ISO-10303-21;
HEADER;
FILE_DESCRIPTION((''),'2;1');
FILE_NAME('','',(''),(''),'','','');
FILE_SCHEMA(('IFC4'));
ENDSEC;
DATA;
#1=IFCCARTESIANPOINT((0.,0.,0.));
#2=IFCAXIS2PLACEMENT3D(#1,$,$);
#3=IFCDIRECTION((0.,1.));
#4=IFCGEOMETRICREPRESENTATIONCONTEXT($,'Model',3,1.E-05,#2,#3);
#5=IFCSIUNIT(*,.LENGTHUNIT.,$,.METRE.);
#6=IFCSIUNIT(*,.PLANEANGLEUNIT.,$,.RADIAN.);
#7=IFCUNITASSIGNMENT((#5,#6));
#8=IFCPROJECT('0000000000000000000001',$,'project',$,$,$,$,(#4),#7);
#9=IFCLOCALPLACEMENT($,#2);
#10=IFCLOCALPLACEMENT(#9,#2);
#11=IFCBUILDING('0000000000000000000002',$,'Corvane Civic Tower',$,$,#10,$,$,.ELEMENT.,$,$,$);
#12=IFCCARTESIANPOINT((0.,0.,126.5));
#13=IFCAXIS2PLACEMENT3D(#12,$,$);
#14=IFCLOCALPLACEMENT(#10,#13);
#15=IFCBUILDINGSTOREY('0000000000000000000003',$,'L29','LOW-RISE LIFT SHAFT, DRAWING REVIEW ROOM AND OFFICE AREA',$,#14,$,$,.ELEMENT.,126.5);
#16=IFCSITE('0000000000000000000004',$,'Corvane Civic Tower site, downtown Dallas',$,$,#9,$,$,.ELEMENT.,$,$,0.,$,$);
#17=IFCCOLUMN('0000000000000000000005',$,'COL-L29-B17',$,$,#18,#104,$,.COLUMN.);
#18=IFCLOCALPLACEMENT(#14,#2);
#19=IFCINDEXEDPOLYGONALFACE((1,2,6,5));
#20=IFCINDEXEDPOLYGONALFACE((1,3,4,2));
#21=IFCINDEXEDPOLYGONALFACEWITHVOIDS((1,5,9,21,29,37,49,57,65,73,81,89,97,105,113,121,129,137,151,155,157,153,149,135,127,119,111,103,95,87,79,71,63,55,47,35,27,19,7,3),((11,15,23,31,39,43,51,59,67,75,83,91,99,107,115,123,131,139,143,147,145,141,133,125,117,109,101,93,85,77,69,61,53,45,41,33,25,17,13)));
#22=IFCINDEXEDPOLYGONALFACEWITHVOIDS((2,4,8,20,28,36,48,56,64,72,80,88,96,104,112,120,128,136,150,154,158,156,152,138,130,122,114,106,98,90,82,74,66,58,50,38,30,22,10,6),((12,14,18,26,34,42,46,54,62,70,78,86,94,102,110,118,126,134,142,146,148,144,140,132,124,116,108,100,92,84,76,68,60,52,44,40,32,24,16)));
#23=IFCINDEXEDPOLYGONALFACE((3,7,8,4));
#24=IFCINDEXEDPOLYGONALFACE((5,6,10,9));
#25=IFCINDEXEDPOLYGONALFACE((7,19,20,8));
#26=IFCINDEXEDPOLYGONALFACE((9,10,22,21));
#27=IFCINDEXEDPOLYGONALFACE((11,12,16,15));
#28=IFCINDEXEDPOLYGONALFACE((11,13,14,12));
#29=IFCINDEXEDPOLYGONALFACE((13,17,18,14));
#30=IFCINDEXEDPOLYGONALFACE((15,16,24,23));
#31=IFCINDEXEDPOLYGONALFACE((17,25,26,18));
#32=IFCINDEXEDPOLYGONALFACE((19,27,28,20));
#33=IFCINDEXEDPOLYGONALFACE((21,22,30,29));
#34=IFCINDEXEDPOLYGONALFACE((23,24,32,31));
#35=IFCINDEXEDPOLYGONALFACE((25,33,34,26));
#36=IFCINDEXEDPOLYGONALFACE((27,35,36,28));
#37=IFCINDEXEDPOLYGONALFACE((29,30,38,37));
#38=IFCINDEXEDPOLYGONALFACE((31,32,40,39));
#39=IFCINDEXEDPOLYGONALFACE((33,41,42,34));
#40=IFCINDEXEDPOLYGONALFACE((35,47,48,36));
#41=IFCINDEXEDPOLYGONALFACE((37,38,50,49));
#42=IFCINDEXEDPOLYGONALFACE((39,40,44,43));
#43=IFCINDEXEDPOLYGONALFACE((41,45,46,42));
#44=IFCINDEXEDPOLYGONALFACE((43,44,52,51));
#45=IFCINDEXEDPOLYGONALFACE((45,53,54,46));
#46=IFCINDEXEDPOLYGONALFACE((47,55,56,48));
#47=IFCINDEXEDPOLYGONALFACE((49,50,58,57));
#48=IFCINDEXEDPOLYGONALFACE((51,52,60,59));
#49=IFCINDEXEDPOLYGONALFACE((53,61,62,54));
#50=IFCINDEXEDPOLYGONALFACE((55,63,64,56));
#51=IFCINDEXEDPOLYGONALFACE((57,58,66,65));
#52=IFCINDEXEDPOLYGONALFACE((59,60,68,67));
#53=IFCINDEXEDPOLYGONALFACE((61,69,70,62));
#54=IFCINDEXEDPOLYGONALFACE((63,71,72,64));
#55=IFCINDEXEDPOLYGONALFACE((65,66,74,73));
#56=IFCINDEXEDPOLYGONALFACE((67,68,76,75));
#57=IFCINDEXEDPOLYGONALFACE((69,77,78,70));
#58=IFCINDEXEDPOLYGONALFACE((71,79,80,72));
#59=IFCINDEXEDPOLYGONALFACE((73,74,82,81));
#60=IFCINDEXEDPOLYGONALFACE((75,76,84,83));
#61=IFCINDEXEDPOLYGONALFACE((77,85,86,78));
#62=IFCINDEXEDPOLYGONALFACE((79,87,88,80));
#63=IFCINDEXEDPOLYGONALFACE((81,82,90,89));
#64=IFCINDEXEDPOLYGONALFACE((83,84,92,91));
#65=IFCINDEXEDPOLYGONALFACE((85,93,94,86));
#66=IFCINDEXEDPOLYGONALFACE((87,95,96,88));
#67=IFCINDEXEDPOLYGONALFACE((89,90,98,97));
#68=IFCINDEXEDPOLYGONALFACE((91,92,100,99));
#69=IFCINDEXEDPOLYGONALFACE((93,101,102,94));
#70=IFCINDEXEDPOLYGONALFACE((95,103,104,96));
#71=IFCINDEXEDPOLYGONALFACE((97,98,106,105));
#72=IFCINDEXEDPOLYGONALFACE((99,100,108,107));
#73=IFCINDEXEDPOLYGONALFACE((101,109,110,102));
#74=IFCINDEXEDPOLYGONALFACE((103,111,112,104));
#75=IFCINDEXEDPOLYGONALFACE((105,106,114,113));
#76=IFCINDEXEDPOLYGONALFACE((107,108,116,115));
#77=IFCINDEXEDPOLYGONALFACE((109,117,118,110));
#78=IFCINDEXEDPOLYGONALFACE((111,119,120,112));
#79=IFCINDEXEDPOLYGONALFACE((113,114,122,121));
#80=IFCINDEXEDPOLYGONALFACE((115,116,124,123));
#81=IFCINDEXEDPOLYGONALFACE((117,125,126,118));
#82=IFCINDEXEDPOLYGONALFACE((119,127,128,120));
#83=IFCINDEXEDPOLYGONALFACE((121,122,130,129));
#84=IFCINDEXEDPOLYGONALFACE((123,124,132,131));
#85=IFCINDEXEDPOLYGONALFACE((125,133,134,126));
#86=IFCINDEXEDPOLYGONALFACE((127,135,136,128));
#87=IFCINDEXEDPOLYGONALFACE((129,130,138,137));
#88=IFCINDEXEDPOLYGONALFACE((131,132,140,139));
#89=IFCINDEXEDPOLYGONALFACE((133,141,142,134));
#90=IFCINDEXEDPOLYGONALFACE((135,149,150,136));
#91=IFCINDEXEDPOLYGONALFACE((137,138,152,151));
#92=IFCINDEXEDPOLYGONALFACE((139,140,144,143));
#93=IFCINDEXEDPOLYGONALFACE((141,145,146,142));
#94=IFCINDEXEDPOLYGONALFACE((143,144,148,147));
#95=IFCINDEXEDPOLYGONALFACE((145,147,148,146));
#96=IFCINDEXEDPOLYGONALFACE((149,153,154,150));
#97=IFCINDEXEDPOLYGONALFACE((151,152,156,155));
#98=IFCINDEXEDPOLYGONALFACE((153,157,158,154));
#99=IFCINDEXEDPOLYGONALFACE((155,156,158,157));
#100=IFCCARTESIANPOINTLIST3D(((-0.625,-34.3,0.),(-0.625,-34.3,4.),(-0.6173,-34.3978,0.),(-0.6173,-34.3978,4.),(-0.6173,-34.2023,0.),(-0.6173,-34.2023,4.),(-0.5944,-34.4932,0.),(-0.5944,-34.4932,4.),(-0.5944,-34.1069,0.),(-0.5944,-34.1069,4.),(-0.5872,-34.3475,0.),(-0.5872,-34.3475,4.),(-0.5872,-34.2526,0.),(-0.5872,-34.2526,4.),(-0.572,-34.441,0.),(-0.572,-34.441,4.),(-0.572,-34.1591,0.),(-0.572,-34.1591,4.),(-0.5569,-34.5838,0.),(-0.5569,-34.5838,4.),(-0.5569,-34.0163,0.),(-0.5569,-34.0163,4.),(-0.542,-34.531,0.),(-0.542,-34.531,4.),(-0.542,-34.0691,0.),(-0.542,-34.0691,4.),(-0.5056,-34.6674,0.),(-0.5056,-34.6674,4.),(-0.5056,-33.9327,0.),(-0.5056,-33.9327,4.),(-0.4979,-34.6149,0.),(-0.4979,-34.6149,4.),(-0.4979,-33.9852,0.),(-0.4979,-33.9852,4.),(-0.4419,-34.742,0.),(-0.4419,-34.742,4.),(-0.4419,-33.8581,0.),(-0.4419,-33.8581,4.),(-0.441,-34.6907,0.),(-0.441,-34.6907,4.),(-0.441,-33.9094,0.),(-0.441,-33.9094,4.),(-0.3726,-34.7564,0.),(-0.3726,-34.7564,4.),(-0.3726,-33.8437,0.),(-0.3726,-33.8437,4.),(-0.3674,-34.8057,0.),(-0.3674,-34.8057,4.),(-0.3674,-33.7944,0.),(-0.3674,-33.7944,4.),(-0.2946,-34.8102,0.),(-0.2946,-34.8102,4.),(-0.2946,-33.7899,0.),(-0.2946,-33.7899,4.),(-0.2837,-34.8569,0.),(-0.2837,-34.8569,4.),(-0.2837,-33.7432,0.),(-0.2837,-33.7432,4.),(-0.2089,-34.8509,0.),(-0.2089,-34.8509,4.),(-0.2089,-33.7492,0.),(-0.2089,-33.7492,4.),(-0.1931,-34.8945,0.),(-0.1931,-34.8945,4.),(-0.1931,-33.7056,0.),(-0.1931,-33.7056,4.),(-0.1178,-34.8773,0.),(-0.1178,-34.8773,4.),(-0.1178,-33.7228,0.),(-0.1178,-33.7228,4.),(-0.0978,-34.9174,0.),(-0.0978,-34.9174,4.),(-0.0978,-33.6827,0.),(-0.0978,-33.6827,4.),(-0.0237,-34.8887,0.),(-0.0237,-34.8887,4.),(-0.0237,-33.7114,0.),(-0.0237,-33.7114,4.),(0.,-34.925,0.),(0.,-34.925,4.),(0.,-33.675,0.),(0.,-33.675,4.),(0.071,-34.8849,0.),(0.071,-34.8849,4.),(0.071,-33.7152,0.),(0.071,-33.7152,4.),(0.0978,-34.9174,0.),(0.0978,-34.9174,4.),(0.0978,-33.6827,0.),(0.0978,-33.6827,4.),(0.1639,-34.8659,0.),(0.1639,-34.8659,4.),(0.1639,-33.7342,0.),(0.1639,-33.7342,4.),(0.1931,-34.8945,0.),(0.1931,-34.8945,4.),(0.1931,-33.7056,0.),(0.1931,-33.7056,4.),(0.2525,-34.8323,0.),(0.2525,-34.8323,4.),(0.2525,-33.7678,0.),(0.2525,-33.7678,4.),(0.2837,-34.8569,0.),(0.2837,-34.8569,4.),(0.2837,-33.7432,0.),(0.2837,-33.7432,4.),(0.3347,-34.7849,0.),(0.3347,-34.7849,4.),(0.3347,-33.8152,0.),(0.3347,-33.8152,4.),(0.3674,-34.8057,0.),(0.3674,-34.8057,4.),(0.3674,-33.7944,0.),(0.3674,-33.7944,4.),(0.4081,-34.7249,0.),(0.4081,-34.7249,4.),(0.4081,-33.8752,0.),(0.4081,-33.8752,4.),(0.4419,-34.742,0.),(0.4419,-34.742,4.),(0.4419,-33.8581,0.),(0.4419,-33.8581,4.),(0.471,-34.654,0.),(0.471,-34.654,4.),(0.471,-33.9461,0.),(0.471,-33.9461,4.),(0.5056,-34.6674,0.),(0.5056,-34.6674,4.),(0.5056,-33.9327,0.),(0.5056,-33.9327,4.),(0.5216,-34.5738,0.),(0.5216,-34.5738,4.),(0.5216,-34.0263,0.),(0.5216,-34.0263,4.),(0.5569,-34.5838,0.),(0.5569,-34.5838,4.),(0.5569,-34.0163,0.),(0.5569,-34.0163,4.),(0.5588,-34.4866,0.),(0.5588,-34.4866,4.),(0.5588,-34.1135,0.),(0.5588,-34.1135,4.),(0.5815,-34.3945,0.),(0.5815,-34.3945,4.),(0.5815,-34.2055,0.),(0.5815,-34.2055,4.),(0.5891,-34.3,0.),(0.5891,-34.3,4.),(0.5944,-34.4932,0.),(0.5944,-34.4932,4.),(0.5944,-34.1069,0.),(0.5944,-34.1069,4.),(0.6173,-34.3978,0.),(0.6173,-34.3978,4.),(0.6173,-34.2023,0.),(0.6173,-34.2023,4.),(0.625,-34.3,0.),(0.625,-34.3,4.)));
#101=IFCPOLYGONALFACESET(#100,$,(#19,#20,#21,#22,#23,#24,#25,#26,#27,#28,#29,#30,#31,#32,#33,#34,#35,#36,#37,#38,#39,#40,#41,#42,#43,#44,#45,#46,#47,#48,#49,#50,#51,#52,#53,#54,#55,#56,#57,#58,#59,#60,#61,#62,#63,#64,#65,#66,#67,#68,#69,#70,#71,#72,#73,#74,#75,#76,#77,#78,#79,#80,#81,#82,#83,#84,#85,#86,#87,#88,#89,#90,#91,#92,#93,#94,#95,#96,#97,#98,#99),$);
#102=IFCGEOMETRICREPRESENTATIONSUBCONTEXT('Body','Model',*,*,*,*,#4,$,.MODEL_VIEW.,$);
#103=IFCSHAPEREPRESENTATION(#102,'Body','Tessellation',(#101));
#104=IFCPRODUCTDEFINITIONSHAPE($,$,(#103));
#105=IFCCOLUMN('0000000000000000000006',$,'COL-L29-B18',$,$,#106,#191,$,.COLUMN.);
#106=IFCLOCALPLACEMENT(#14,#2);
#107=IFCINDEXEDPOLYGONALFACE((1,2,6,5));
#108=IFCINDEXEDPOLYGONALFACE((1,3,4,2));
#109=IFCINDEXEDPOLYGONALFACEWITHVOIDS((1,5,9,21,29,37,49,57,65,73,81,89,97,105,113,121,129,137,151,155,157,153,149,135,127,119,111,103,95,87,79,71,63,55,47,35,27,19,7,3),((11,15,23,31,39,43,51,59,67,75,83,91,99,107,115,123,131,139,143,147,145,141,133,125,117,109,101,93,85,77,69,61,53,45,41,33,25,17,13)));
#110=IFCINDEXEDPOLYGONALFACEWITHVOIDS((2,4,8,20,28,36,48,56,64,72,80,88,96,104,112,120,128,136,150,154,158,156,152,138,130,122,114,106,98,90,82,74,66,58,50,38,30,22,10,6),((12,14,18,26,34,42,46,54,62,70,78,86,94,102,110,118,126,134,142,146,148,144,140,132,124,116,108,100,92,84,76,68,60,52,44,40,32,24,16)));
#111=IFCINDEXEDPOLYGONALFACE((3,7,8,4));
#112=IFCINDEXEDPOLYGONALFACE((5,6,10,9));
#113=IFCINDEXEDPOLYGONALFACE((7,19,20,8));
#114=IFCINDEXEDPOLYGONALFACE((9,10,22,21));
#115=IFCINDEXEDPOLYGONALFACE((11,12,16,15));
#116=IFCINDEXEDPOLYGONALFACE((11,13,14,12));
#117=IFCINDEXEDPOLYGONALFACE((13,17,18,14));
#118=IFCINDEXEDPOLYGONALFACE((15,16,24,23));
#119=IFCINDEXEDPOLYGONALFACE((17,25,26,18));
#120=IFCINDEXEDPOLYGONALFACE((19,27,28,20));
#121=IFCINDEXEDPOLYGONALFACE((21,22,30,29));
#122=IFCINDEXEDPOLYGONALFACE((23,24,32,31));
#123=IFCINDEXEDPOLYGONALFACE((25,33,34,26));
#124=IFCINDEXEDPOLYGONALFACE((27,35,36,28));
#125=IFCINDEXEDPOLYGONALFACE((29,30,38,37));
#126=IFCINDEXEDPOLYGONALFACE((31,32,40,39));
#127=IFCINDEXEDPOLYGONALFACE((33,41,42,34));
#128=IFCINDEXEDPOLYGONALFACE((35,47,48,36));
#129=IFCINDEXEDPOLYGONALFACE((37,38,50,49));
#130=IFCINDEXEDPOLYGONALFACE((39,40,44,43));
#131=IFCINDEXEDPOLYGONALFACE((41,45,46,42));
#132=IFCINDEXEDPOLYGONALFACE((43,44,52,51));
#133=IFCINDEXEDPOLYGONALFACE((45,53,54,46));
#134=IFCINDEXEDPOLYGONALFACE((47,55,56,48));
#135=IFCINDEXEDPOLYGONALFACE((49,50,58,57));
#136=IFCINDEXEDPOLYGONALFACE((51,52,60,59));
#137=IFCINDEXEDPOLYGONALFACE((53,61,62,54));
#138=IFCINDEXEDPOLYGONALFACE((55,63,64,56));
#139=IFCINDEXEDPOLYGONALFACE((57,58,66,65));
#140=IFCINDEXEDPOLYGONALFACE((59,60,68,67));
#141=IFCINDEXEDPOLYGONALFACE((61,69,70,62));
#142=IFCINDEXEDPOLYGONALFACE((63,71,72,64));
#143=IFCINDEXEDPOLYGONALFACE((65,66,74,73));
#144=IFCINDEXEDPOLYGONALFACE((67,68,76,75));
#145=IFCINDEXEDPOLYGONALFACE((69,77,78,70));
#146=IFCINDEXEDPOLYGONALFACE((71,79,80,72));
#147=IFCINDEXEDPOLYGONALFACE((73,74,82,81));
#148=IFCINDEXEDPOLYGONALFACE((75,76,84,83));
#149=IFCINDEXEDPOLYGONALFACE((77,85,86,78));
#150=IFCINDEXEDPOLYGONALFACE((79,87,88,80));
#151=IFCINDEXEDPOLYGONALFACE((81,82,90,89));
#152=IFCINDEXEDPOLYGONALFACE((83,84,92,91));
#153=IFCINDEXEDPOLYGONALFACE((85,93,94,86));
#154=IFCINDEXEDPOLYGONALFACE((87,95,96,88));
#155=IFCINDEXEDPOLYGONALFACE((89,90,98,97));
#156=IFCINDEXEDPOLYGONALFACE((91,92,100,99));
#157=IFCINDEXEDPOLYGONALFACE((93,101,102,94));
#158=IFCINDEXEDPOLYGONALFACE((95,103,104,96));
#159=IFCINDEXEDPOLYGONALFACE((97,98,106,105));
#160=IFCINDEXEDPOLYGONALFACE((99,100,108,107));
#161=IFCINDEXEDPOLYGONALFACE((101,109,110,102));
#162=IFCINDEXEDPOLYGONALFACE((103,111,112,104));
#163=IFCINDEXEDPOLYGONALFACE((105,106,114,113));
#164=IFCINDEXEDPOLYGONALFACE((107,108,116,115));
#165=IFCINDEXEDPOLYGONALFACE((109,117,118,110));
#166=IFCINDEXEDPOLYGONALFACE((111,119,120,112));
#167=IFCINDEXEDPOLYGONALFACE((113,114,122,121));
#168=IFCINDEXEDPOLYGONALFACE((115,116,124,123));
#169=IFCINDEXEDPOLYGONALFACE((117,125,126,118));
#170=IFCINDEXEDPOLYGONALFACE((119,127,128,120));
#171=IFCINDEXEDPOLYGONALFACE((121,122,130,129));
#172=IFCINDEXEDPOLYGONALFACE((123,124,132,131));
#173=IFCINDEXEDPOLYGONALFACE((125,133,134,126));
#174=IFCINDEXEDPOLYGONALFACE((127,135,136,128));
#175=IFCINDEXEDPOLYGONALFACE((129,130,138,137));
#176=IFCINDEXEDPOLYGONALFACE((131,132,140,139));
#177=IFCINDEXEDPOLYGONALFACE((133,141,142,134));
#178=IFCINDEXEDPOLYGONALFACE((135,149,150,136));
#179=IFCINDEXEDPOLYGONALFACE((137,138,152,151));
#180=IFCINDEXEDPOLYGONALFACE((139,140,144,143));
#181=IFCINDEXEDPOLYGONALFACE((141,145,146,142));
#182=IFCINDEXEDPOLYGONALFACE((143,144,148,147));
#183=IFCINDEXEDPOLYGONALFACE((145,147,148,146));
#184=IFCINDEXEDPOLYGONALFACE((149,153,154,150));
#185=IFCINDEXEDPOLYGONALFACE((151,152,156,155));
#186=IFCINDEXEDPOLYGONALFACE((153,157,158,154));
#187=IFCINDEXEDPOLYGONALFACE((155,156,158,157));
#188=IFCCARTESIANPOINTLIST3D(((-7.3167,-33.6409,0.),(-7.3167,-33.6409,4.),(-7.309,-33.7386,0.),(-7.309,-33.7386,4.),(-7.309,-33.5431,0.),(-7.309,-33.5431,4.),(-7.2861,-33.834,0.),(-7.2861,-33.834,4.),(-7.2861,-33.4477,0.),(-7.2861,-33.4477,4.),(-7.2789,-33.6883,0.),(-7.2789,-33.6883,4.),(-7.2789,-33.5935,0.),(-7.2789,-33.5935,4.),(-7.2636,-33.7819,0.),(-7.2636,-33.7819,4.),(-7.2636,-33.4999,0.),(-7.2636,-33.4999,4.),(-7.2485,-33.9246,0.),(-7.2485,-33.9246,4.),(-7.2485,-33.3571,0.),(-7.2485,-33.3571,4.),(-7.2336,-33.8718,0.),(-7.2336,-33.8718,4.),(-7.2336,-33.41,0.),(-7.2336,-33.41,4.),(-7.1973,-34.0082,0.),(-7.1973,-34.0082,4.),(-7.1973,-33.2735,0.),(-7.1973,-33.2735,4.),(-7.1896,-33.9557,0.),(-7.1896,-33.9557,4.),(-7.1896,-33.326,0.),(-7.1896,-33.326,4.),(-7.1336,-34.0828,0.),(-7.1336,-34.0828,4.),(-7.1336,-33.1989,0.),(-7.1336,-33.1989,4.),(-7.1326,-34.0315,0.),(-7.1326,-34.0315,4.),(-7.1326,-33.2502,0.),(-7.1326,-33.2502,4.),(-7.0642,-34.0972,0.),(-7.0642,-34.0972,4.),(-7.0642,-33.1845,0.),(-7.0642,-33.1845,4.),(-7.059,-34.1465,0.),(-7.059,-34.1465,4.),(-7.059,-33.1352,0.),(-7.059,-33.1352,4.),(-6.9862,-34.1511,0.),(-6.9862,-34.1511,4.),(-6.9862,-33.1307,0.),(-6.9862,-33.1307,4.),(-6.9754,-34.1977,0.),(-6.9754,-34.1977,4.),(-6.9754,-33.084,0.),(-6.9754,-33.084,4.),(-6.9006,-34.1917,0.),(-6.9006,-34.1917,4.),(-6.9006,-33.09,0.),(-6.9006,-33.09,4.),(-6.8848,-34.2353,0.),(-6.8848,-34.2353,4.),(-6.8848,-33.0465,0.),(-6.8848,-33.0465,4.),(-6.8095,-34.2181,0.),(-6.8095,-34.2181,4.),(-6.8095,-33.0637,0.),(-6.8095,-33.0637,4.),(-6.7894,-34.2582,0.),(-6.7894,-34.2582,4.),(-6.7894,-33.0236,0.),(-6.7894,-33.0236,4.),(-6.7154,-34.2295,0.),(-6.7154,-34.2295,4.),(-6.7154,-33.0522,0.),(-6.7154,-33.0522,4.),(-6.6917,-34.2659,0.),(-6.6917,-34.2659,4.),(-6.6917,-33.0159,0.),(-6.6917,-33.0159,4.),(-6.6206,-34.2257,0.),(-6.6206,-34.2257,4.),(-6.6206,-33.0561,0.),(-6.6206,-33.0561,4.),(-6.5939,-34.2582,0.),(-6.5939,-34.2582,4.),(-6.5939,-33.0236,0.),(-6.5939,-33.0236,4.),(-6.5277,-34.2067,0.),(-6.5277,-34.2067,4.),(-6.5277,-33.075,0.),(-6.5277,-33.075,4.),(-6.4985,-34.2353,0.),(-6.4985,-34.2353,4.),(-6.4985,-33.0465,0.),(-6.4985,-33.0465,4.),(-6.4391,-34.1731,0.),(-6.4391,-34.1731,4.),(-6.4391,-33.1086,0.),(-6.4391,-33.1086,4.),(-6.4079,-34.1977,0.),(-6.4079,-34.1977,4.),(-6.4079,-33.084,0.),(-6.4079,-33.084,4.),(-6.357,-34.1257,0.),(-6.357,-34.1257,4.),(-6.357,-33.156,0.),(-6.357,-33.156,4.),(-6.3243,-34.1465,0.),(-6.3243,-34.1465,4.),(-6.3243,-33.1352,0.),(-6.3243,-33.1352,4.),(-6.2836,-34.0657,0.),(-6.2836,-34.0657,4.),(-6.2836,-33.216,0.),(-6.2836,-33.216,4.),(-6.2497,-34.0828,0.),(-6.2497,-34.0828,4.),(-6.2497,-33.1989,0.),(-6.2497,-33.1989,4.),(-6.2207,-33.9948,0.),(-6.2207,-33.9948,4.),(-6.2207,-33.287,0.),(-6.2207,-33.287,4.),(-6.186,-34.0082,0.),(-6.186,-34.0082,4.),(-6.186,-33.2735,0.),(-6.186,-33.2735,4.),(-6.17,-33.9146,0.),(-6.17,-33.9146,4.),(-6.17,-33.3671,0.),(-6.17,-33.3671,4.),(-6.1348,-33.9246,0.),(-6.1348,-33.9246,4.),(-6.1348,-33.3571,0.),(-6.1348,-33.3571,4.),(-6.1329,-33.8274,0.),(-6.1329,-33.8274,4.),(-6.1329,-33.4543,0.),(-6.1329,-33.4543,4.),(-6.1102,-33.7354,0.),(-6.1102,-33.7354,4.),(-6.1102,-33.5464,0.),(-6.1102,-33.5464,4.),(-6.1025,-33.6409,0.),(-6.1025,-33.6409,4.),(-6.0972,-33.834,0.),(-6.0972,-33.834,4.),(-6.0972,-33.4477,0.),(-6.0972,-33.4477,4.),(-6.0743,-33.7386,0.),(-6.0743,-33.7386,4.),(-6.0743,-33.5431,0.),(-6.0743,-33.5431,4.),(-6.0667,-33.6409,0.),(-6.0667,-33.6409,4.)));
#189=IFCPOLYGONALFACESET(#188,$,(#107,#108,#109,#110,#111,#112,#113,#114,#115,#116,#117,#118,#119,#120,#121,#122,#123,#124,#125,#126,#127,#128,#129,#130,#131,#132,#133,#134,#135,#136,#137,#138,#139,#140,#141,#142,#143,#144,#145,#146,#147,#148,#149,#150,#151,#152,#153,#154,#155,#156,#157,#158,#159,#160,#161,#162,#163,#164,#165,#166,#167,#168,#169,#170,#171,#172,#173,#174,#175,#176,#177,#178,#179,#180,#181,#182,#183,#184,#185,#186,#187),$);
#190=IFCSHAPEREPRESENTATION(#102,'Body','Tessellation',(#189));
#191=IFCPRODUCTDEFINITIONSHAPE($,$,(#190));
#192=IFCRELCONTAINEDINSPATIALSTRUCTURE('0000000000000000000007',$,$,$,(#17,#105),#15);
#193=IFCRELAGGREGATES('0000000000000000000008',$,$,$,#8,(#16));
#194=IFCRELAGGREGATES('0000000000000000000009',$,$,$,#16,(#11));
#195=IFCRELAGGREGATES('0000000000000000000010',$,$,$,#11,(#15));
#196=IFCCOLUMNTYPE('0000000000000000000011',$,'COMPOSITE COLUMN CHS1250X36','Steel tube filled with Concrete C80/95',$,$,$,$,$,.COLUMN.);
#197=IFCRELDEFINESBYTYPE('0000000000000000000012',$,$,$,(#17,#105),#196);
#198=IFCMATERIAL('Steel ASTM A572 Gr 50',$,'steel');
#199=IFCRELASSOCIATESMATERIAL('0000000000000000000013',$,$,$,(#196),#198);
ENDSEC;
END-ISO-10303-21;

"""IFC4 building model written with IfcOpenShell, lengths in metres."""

from ifc_helpers import new_model, si_unit, direction, frame, origin, origin_2d, place, context, subcontext, project, spatial, hollow_circle, extrude, material, material_profile, profile_set, type_object, element, save


model = new_model("IFC4")

# Units and contexts
model_context = context("Model", 3, precision=1e-05, world=origin(), true_north=direction((0.0, 1.0)))
body_context = subcontext(model_context, "Body", "Model", "MODEL_VIEW")
ifc_project = project(units=[si_unit("LENGTHUNIT", "METRE"), si_unit("PLANEANGLEUNIT", "RADIAN")], contexts=[model_context])

# Site, building, storey
site_placement = place(None, origin())
site = spatial("IfcSite", under=ifc_project, at=site_placement, Name="Corvane Civic Tower site, downtown Dallas", CompositionType="ELEMENT", RefElevation=0.0)
building_placement = place(site_placement, origin())
building = spatial("IfcBuilding", under=site, at=building_placement, Name="Corvane Civic Tower", CompositionType="ELEMENT")
storey_placement = place(building_placement, frame((0.0, 0.0, 126.5)))
storey = spatial("IfcBuildingStorey", under=building, at=storey_placement, Name="L29", Description="LOW-RISE LIFT SHAFT, DRAWING REVIEW ROOM AND OFFICE AREA", CompositionType="ELEMENT", Elevation=126.5)

# Columns
ifc_material_1 = material(Name="Steel ASTM A572 Gr 50", Category="steel")
ifc_material_profile_1 = material_profile(ifc_material_1, hollow_circle(Radius=0.625, WallThickness=0.0359, at=origin_2d()), Name="CHS1250X36")
ifc_profile_set_1 = profile_set([ifc_material_profile_1], Name="Steel ASTM A572 Gr 50")
column_type = type_object("IfcColumnType", Name="COMPOSITE COLUMN CHS1250X36", Description="Steel tube filled with Concrete C80/95", PredefinedType="COLUMN", material=ifc_profile_set_1)
for number, where, z_axis, x_axis, name in (
    (1, (0.0, -34.3, 0.0), (0.0, 0.0, 1.0), (1.0, 0.0, 0.0), "COL-L29-B17"),
    (2, (-6.6917, -33.6409, 0.0), (0.0, 0.0, 1.0), (1.0, 0.0, 0.0), "COL-L29-B18"),
):
    element("IfcColumn", number, at=place(storey_placement, frame(where, z_axis=z_axis, x_axis=x_axis)), inside=storey, type_object=column_type, Name=name, PredefinedType="COLUMN", context=body_context, shape_type="SweptSolid", body=[
        extrude(hollow_circle(Radius=0.625, WallThickness=0.0359, at=origin_2d()), origin(), (0.0, 0.0, 1.0), 4.0),
    ])

save(model, "model.ifc")
